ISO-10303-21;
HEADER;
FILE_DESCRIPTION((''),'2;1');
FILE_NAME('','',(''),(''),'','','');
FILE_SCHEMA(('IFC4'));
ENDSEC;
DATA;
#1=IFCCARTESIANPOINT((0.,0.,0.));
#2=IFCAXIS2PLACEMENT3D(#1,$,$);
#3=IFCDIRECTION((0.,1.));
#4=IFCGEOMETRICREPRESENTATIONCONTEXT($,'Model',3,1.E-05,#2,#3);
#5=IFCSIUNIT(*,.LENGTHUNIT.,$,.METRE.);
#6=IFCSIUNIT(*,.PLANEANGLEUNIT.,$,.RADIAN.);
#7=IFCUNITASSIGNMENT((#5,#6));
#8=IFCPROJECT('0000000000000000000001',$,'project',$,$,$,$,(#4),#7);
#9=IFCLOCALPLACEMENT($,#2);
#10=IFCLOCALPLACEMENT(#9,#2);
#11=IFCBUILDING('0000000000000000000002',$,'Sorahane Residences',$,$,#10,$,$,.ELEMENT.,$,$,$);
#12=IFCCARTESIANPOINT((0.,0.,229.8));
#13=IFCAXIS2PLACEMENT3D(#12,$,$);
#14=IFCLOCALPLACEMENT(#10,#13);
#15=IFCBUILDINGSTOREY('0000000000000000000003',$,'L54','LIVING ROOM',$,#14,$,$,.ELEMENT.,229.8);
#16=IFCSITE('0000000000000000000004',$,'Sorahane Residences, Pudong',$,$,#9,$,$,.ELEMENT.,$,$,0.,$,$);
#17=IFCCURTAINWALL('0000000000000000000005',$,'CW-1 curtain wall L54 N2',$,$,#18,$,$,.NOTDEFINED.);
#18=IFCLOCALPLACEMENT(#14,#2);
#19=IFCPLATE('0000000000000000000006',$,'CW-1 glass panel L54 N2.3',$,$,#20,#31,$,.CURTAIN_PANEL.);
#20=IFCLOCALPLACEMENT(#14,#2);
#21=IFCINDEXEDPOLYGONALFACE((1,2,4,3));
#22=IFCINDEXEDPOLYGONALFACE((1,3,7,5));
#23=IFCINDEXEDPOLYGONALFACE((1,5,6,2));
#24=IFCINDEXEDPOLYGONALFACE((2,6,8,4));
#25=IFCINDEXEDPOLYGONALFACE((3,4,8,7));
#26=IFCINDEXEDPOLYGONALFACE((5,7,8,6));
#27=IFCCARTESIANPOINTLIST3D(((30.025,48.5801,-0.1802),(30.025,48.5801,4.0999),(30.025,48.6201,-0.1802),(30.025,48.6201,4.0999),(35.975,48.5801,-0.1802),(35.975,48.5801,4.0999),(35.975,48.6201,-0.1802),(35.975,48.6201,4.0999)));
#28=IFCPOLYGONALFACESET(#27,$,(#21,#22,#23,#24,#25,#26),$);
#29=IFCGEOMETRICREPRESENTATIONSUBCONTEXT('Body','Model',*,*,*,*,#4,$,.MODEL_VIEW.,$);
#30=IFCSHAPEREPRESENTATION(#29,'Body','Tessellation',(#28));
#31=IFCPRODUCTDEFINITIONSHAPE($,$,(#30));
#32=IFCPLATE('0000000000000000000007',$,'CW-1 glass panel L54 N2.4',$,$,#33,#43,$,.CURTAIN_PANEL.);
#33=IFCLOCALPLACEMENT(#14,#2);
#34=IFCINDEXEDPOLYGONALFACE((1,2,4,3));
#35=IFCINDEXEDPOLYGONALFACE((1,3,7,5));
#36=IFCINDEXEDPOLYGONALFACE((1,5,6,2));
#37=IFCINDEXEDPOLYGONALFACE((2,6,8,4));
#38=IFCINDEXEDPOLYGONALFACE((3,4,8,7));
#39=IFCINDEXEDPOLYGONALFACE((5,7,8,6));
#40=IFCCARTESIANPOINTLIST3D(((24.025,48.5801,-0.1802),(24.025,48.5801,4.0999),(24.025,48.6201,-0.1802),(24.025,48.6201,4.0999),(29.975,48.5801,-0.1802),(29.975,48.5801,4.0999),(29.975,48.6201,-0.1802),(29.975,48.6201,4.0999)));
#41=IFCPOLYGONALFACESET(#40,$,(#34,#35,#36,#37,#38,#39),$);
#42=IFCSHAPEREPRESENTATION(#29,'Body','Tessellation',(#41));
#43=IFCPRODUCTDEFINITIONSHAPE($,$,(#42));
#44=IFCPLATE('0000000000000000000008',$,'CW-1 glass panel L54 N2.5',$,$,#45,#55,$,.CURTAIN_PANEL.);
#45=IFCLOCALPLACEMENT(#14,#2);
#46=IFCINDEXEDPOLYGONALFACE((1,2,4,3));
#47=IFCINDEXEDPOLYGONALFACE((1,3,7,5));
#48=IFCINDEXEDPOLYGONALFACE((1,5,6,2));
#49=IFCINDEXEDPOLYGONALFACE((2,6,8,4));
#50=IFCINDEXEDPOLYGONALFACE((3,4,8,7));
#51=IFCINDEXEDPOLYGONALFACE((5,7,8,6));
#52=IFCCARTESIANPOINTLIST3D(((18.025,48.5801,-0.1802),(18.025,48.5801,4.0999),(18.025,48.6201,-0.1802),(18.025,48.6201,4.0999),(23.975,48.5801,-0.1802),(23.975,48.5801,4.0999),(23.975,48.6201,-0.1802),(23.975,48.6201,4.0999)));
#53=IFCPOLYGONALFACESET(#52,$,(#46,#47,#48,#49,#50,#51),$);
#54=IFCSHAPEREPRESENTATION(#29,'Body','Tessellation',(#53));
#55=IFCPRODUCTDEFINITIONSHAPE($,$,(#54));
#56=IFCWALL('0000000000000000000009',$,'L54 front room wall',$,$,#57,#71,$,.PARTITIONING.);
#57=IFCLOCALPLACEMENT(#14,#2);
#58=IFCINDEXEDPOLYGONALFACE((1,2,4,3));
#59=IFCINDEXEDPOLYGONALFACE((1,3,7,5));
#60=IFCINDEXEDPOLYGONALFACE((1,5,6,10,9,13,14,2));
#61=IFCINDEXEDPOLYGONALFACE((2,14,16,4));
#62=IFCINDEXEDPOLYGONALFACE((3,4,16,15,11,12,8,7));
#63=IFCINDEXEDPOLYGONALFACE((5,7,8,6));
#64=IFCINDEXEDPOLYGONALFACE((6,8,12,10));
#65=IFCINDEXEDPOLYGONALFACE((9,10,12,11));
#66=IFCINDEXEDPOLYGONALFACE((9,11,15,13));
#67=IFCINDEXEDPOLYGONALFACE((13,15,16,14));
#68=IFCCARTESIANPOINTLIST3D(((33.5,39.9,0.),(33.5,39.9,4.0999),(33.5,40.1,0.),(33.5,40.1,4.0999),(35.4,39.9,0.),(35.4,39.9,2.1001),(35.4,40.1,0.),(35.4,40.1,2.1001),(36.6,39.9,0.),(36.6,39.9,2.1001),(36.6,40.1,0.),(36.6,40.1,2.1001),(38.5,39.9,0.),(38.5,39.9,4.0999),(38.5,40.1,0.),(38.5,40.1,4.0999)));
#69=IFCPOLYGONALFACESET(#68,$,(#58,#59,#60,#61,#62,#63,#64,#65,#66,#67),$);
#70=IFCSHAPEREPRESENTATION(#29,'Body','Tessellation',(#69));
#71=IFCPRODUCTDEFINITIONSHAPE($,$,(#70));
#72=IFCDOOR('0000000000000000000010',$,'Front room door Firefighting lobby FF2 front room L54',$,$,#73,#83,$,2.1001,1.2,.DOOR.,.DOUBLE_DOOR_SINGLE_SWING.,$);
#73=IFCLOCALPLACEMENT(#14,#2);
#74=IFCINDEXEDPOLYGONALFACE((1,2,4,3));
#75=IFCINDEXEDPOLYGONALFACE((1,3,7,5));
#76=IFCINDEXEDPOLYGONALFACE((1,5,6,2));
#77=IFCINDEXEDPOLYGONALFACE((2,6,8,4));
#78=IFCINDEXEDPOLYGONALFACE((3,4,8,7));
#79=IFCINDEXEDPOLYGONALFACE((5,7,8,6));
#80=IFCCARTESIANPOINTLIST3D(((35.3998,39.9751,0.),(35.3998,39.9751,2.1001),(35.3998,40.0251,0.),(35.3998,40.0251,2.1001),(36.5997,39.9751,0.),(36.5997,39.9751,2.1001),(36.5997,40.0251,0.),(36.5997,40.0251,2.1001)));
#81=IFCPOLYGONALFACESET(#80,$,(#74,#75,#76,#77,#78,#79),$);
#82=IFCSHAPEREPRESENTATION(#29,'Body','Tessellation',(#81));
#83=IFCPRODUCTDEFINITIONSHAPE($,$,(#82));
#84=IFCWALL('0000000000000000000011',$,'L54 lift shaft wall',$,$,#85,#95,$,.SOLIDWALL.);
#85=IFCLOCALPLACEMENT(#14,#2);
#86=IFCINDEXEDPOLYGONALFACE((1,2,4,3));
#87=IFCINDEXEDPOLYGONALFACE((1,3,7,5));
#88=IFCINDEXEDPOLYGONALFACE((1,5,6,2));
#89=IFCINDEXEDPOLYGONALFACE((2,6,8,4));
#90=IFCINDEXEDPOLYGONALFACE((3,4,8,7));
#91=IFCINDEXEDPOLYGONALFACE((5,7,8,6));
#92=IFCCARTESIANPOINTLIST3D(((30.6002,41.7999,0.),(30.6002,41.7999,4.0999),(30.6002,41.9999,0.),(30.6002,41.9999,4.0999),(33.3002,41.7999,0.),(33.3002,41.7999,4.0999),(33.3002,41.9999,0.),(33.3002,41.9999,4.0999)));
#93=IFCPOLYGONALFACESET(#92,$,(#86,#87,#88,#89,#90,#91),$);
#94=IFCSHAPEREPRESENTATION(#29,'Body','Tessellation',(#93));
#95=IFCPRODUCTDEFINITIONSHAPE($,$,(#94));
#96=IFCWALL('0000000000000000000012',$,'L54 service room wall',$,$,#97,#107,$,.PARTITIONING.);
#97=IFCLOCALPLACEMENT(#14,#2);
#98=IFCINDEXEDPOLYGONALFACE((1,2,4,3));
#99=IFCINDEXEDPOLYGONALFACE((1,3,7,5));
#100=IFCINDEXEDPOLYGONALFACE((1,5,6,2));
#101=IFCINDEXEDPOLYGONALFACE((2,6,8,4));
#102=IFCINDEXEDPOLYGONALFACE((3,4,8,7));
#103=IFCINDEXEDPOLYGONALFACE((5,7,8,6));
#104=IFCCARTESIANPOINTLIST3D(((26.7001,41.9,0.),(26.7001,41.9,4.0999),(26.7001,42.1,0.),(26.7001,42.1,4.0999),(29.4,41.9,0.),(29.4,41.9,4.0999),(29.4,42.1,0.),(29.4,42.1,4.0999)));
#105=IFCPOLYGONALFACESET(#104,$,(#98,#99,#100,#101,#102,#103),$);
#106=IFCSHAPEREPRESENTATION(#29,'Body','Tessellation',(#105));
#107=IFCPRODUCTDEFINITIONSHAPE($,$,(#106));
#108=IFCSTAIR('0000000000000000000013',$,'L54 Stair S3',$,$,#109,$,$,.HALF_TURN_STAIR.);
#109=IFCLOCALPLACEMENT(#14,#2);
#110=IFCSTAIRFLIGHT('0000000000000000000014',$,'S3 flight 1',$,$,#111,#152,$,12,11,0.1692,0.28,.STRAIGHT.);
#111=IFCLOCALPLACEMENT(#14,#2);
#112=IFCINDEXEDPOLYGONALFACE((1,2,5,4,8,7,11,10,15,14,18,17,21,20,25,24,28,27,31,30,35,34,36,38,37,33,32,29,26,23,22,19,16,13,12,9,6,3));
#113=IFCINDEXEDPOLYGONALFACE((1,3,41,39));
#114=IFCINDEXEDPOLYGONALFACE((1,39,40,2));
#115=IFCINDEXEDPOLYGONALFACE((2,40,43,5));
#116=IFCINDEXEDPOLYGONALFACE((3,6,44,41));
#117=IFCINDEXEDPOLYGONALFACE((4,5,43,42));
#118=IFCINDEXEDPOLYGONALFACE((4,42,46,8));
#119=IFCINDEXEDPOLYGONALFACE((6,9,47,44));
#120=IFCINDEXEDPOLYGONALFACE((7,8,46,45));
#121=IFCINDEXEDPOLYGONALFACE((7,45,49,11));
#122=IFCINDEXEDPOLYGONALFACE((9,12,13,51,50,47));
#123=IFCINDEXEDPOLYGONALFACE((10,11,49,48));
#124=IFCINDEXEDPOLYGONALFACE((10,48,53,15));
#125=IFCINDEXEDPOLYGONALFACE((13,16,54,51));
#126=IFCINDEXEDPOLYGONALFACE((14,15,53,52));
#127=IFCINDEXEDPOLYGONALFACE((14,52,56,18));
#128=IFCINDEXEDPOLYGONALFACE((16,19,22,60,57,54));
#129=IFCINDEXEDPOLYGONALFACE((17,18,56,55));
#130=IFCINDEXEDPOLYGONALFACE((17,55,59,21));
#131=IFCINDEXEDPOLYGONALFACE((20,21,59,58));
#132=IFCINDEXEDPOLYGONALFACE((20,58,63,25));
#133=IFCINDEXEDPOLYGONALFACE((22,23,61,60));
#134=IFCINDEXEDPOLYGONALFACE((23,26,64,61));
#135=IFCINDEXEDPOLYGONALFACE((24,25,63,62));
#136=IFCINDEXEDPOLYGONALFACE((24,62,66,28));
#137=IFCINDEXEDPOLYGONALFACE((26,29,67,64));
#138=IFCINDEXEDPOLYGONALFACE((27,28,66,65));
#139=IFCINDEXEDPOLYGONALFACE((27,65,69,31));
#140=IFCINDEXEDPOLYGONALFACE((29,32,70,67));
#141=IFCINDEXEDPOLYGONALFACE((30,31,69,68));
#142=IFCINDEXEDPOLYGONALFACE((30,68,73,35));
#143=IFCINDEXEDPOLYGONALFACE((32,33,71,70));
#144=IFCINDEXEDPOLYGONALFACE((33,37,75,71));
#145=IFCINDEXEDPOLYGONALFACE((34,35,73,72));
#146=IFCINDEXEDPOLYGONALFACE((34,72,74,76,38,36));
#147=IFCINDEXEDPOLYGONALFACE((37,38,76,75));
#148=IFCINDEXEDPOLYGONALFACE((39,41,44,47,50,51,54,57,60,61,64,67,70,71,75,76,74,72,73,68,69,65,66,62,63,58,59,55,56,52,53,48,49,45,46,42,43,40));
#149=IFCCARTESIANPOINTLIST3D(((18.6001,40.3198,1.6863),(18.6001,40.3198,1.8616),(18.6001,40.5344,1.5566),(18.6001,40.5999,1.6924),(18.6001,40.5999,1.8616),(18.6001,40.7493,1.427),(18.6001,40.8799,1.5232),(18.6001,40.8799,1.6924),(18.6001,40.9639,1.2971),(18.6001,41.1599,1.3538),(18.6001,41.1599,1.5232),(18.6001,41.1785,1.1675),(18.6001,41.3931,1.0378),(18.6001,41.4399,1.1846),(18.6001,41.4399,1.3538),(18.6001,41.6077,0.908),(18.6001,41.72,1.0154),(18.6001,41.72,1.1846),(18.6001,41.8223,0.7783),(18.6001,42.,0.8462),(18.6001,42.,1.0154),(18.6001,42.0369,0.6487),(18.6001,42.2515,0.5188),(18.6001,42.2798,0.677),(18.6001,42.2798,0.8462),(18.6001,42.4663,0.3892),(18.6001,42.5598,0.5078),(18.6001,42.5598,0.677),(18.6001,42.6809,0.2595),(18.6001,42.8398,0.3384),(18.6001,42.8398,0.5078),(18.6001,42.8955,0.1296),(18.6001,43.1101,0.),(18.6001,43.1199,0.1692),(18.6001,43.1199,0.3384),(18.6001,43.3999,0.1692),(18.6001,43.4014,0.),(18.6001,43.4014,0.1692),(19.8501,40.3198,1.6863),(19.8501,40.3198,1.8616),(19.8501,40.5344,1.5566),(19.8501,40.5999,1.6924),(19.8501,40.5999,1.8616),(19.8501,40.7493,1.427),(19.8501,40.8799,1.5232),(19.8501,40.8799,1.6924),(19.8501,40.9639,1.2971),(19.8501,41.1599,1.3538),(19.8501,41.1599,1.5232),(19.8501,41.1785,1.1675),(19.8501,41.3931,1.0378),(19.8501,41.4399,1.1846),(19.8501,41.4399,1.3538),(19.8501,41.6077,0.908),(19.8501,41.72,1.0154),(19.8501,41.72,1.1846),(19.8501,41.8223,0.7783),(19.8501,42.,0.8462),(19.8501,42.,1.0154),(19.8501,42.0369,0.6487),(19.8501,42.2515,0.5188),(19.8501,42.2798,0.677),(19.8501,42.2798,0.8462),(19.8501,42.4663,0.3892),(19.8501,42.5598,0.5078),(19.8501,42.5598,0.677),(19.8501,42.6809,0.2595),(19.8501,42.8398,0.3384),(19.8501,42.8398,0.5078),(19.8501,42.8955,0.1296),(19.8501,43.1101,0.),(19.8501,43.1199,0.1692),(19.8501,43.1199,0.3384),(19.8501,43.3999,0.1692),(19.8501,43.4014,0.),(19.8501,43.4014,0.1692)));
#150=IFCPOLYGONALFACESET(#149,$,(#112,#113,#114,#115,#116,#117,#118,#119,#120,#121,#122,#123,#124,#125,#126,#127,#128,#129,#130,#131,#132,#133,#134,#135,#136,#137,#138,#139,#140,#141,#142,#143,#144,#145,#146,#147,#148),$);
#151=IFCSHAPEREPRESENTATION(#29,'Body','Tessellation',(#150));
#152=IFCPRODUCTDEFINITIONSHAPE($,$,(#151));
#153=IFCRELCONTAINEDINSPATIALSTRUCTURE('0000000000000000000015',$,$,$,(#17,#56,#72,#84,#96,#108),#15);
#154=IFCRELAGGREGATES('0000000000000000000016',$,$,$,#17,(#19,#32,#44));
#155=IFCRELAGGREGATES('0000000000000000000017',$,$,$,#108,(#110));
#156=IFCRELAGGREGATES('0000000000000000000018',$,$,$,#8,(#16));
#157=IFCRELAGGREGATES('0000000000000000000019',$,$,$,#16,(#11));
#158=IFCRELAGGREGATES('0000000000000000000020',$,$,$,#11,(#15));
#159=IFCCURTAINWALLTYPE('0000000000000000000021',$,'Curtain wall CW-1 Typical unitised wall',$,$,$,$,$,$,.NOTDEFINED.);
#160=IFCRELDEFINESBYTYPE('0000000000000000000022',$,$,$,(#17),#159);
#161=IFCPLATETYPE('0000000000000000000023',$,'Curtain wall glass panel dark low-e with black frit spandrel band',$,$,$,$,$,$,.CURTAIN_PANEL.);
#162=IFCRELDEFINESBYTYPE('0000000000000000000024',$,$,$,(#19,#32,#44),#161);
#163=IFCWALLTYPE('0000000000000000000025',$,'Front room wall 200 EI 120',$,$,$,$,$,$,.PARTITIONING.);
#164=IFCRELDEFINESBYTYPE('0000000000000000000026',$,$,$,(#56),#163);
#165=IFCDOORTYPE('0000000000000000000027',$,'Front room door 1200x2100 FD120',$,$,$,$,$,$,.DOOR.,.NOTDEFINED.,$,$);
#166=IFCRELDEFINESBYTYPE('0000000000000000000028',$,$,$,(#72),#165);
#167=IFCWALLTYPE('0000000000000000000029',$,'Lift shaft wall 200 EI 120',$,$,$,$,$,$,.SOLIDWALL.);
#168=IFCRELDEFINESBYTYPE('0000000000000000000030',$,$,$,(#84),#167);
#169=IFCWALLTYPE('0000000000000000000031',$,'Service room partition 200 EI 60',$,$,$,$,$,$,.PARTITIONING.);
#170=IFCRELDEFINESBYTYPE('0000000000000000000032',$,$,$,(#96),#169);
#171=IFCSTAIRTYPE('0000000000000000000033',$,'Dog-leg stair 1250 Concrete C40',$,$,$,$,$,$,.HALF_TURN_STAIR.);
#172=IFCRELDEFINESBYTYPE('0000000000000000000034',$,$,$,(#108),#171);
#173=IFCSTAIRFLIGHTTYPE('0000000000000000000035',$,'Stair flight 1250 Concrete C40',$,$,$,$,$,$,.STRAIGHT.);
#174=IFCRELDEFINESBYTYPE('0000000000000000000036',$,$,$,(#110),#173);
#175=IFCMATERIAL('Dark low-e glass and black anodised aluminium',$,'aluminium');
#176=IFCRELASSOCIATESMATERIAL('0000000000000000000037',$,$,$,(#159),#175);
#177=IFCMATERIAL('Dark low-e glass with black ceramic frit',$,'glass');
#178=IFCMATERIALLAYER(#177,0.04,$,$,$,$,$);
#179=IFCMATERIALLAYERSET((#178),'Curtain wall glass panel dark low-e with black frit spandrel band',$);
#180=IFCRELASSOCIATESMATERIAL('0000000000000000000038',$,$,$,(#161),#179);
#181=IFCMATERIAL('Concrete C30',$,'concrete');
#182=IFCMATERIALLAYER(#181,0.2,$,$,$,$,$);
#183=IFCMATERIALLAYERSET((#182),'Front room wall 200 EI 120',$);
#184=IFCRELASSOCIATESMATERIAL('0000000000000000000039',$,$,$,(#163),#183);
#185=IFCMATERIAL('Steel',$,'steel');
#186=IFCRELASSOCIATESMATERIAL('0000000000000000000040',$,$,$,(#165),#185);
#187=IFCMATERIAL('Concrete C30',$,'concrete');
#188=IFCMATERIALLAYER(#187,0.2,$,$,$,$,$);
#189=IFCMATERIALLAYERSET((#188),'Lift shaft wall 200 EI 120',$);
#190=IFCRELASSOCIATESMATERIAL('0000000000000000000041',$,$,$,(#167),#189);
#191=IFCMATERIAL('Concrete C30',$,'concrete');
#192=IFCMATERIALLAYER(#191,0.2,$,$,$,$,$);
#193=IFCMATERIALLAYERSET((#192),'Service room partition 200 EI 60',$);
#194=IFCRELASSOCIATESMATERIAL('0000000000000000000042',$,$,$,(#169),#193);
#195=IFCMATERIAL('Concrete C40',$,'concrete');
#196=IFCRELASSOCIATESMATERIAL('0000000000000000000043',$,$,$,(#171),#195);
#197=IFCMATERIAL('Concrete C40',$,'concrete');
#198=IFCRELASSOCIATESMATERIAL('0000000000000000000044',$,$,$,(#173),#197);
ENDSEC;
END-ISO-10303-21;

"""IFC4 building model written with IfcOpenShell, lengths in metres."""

from ifc_helpers import new_model, si_unit, direction, frame, frame_2d, origin, origin_2d, place, context, subcontext, project, spatial, polyline, rectangle, outline, extrude, material, layer, layer_set, type_object, element, fill, aggregate, save


model = new_model("IFC4")

# Units and contexts
model_context = context("Model", 3, precision=1e-05, world=origin(), true_north=direction((0.0, 1.0)))
body_context = subcontext(model_context, "Body", "Model", "MODEL_VIEW")
ifc_project = project(units=[si_unit("LENGTHUNIT", "METRE"), si_unit("PLANEANGLEUNIT", "RADIAN")], contexts=[model_context])

# Site, building, storey
site_placement = place(None, origin())
site = spatial("IfcSite", under=ifc_project, at=site_placement, Name="Sorahane Residences, Pudong", CompositionType="ELEMENT", RefElevation=0.0)
building_placement = place(site_placement, origin())
building = spatial("IfcBuilding", under=site, at=building_placement, Name="Sorahane Residences", CompositionType="ELEMENT")
storey_placement = place(building_placement, frame((0.0, 0.0, 229.8)))
storey = spatial("IfcBuildingStorey", under=building, at=storey_placement, Name="L54", Description="LIVING ROOM", CompositionType="ELEMENT", Elevation=229.8)

# Curtain wall
ifc_material_1 = material(Name="Dark low-e glass and black anodised aluminium", Category="aluminium")
curtain_wall_type = type_object("IfcCurtainWallType", Name="Curtain wall CW-1 Typical unitised wall", PredefinedType="NOTDEFINED", material=ifc_material_1)
curtain_wall_placement = place(storey_placement, origin())
curtain_wall = element("IfcCurtainWall", 1, at=curtain_wall_placement, inside=storey, type_object=curtain_wall_type, Name="CW-1 curtain wall L54 N2", PredefinedType="NOTDEFINED")

# Plates
ifc_material_2 = material(Name="Dark low-e glass with black ceramic frit", Category="glass")
ifc_layer_1 = layer(ifc_material_2, 0.04)
ifc_layer_set_1 = layer_set([ifc_layer_1], Name="Curtain wall glass panel dark low-e with black frit spandrel band")
plate_type = type_object("IfcPlateType", Name="Curtain wall glass panel dark low-e with black frit spandrel band", PredefinedType="CURTAIN_PANEL", material=ifc_layer_set_1)
plate_1_placement = place(storey_placement, frame((33.0, 48.6001, -0.1802), z_axis=(0.0, 0.0, 1.0), x_axis=(-1.0, 0.0, 0.0)))
plate_1 = element("IfcPlate", 2, at=plate_1_placement, type_object=plate_type, Name="CW-1 glass panel L54 N2.3", PredefinedType="CURTAIN_PANEL", context=body_context, shape_type="SweptSolid", body=[
    extrude(rectangle(XDim=5.95, YDim=0.04, at=origin_2d()), origin(), (0.0, 0.0, 1.0), 4.28),
])
plate_2_placement = place(storey_placement, frame((27.0, 48.6001, -0.1802), z_axis=(0.0, 0.0, 1.0), x_axis=(-1.0, 0.0, 0.0)))
plate_2 = element("IfcPlate", 3, at=plate_2_placement, type_object=plate_type, Name="CW-1 glass panel L54 N2.4", PredefinedType="CURTAIN_PANEL", context=body_context, shape_type="SweptSolid", body=[
    extrude(rectangle(XDim=5.95, YDim=0.04, at=origin_2d()), origin(), (0.0, 0.0, 1.0), 4.28),
])
plate_3_placement = place(storey_placement, frame((21.0, 48.6001, -0.1802), z_axis=(0.0, 0.0, 1.0), x_axis=(-1.0, 0.0, 0.0)))
plate_3 = element("IfcPlate", 4, at=plate_3_placement, type_object=plate_type, Name="CW-1 glass panel L54 N2.5", PredefinedType="CURTAIN_PANEL", context=body_context, shape_type="SweptSolid", body=[
    extrude(rectangle(XDim=5.95, YDim=0.04, at=origin_2d()), origin(), (0.0, 0.0, 1.0), 4.28),
])
aggregate(curtain_wall, [plate_1, plate_2, plate_3])

# Wall, opening, door
ifc_material_3 = material(Name="Concrete C30", Category="concrete")
ifc_layer_2 = layer(ifc_material_3, 0.2)
ifc_layer_set_2 = layer_set([ifc_layer_2], Name="Front room wall 200 EI 120")
wall_type_1 = type_object("IfcWallType", Name="Front room wall 200 EI 120", PredefinedType="PARTITIONING", material=ifc_layer_set_2)
wall_1_placement = place(storey_placement, frame((33.5, 40.0, 0.0), z_axis=(0.0, 0.0, 1.0), x_axis=(1.0, 0.0, 0.0)))
wall_1 = element("IfcWall", 5, at=wall_1_placement, inside=storey, type_object=wall_type_1, Name="L54 front room wall", PredefinedType="PARTITIONING", context=body_context, shape_type="SweptSolid", body=[
    extrude(rectangle(XDim=5.0, YDim=0.2, at=frame_2d((2.5, 0.0))), origin(), (0.0, 0.0, 1.0), 4.0999),
])
opening_placement = place(wall_1_placement, frame((1.8999, 0.0, 0.0)))
opening = element("IfcOpeningElement", 6, at=opening_placement, cuts=wall_1, PredefinedType="OPENING", context=body_context, shape_type="SweptSolid", body=[
    extrude(rectangle(XDim=1.2, YDim=2.1001, at=frame_2d((0.6001, 1.05))), frame((0.0, 0.1099, 0.0), z_axis=(0.0, -1.0, 0.0), x_axis=(1.0, 0.0, 0.0)), (0.0, 0.0, 1.0), 0.22),
])
ifc_material_4 = material(Name="Steel", Category="steel")
door_type = type_object("IfcDoorType", Name="Front room door 1200x2100 FD120", OperationType="NOTDEFINED", PredefinedType="DOOR", material=ifc_material_4)
door_placement = place(opening_placement, frame((1.2, 0.0, 0.0), z_axis=(0.0, 0.0, 1.0), x_axis=(-1.0, 0.0, 0.0)))
door = element("IfcDoor", 7, at=door_placement, inside=storey, type_object=door_type, Name="Front room door Firefighting lobby FF2 front room L54", OperationType="DOUBLE_DOOR_SINGLE_SWING", OverallHeight=2.1001, OverallWidth=1.2, PredefinedType="DOOR", context=body_context, shape_type="SweptSolid", body=[
    extrude(rectangle(XDim=1.2, YDim=2.1001, at=frame_2d((0.6001, 1.05))), frame((0.0, 0.0249, 0.0), z_axis=(0.0, -1.0, 0.0), x_axis=(1.0, 0.0, 0.0)), (0.0, 0.0, 1.0), 0.05),
])
fill(opening, door)

# Walls
ifc_material_5 = material(Name="Concrete C30", Category="concrete")
ifc_layer_3 = layer(ifc_material_5, 0.2)
ifc_layer_set_3 = layer_set([ifc_layer_3], Name="Lift shaft wall 200 EI 120")
wall_type_2 = type_object("IfcWallType", Name="Lift shaft wall 200 EI 120", PredefinedType="SOLIDWALL", material=ifc_layer_set_3)
wall_2_placement = place(storey_placement, frame((30.6001, 41.8999, 0.0), z_axis=(0.0, 0.0, 1.0), x_axis=(1.0, 0.0, 0.0)))
element("IfcWall", 8, at=wall_2_placement, inside=storey, type_object=wall_type_2, Name="L54 lift shaft wall", PredefinedType="SOLIDWALL", context=body_context, shape_type="SweptSolid", body=[
    extrude(rectangle(XDim=2.7, YDim=0.2, at=frame_2d((1.3501, 0.0))), origin(), (0.0, 0.0, 1.0), 4.0999),
])
ifc_material_6 = material(Name="Concrete C30", Category="concrete")
ifc_layer_4 = layer(ifc_material_6, 0.2)
ifc_layer_set_4 = layer_set([ifc_layer_4], Name="Service room partition 200 EI 60")
wall_type_3 = type_object("IfcWallType", Name="Service room partition 200 EI 60", PredefinedType="PARTITIONING", material=ifc_layer_set_4)
wall_3_placement = place(storey_placement, frame((26.7, 42.0, 0.0), z_axis=(0.0, 0.0, 1.0), x_axis=(1.0, 0.0, 0.0)))
element("IfcWall", 9, at=wall_3_placement, inside=storey, type_object=wall_type_3, Name="L54 service room wall", PredefinedType="PARTITIONING", context=body_context, shape_type="SweptSolid", body=[
    extrude(rectangle(XDim=2.7, YDim=0.2, at=frame_2d((1.3501, 0.0))), origin(), (0.0, 0.0, 1.0), 4.0999),
])

# Stair, stair flight
ifc_material_7 = material(Name="Concrete C40", Category="concrete")
stair_type = type_object("IfcStairType", Name="Dog-leg stair 1250 Concrete C40", PredefinedType="HALF_TURN_STAIR", material=ifc_material_7)
stair_placement = place(storey_placement, origin())
stair = element("IfcStair", 10, at=stair_placement, inside=storey, type_object=stair_type, Name="L54 Stair S3", PredefinedType="HALF_TURN_STAIR")
ifc_material_8 = material(Name="Concrete C40", Category="concrete")
stair_flight_type = type_object("IfcStairFlightType", Name="Stair flight 1250 Concrete C40", PredefinedType="STRAIGHT", material=ifc_material_8)
stair_flight_placement = place(storey_placement, frame((19.2251, 43.3999, 0.0), z_axis=(0.0, 0.0, 1.0), x_axis=(0.0, -1.0, 0.0)))
stair_flight = element("IfcStairFlight", 11, at=stair_flight_placement, type_object=stair_flight_type, Name="S3 flight 1", NumberOfRisers=12, NumberOfTreads=11, PredefinedType="STRAIGHT", RiserHeight=0.1692, TreadLength=0.28, context=body_context, shape_type="SweptSolid", body=[
    extrude(outline(polyline([(-0.0015, 0.0), (-0.0015, 0.1692), (0.0, 0.1692), (0.28, 0.1692), (0.28, 0.3384), (0.5601, 0.3384), (0.5601, 0.5078), (0.8401, 0.5078), (0.8401, 0.677), (1.1201, 0.677), (1.1201, 0.8462), (1.3999, 0.8462), (1.3999, 1.0154), (1.6799, 1.0154), (1.6799, 1.1846), (1.96, 1.1846), (1.96, 1.3538), (2.24, 1.3538), (2.24, 1.5232), (2.52, 1.5232), (2.52, 1.6924), (2.8, 1.6924), (2.8, 1.8616), (3.0801, 1.8616), (3.0801, 2.0308), (3.0801, 1.6863), (2.8655, 1.5566), (2.6506, 1.427), (2.436, 1.2971), (2.2214, 1.1675), (2.0068, 1.0378), (1.7922, 0.908), (1.5776, 0.7783), (1.363, 0.6487), (1.1484, 0.5188), (0.9336, 0.3892), (0.719, 0.2595), (0.5044, 0.1296), (0.2898, 0.0), (-0.0015, 0.0)])), frame((0.0, 0.625, 0.0), z_axis=(0.0, -1.0, 0.0), x_axis=(1.0, 0.0, 0.0)), (0.0, 0.0, 1.0), 1.25),
])
aggregate(stair, [stair_flight])

save(model, "model.ifc")
